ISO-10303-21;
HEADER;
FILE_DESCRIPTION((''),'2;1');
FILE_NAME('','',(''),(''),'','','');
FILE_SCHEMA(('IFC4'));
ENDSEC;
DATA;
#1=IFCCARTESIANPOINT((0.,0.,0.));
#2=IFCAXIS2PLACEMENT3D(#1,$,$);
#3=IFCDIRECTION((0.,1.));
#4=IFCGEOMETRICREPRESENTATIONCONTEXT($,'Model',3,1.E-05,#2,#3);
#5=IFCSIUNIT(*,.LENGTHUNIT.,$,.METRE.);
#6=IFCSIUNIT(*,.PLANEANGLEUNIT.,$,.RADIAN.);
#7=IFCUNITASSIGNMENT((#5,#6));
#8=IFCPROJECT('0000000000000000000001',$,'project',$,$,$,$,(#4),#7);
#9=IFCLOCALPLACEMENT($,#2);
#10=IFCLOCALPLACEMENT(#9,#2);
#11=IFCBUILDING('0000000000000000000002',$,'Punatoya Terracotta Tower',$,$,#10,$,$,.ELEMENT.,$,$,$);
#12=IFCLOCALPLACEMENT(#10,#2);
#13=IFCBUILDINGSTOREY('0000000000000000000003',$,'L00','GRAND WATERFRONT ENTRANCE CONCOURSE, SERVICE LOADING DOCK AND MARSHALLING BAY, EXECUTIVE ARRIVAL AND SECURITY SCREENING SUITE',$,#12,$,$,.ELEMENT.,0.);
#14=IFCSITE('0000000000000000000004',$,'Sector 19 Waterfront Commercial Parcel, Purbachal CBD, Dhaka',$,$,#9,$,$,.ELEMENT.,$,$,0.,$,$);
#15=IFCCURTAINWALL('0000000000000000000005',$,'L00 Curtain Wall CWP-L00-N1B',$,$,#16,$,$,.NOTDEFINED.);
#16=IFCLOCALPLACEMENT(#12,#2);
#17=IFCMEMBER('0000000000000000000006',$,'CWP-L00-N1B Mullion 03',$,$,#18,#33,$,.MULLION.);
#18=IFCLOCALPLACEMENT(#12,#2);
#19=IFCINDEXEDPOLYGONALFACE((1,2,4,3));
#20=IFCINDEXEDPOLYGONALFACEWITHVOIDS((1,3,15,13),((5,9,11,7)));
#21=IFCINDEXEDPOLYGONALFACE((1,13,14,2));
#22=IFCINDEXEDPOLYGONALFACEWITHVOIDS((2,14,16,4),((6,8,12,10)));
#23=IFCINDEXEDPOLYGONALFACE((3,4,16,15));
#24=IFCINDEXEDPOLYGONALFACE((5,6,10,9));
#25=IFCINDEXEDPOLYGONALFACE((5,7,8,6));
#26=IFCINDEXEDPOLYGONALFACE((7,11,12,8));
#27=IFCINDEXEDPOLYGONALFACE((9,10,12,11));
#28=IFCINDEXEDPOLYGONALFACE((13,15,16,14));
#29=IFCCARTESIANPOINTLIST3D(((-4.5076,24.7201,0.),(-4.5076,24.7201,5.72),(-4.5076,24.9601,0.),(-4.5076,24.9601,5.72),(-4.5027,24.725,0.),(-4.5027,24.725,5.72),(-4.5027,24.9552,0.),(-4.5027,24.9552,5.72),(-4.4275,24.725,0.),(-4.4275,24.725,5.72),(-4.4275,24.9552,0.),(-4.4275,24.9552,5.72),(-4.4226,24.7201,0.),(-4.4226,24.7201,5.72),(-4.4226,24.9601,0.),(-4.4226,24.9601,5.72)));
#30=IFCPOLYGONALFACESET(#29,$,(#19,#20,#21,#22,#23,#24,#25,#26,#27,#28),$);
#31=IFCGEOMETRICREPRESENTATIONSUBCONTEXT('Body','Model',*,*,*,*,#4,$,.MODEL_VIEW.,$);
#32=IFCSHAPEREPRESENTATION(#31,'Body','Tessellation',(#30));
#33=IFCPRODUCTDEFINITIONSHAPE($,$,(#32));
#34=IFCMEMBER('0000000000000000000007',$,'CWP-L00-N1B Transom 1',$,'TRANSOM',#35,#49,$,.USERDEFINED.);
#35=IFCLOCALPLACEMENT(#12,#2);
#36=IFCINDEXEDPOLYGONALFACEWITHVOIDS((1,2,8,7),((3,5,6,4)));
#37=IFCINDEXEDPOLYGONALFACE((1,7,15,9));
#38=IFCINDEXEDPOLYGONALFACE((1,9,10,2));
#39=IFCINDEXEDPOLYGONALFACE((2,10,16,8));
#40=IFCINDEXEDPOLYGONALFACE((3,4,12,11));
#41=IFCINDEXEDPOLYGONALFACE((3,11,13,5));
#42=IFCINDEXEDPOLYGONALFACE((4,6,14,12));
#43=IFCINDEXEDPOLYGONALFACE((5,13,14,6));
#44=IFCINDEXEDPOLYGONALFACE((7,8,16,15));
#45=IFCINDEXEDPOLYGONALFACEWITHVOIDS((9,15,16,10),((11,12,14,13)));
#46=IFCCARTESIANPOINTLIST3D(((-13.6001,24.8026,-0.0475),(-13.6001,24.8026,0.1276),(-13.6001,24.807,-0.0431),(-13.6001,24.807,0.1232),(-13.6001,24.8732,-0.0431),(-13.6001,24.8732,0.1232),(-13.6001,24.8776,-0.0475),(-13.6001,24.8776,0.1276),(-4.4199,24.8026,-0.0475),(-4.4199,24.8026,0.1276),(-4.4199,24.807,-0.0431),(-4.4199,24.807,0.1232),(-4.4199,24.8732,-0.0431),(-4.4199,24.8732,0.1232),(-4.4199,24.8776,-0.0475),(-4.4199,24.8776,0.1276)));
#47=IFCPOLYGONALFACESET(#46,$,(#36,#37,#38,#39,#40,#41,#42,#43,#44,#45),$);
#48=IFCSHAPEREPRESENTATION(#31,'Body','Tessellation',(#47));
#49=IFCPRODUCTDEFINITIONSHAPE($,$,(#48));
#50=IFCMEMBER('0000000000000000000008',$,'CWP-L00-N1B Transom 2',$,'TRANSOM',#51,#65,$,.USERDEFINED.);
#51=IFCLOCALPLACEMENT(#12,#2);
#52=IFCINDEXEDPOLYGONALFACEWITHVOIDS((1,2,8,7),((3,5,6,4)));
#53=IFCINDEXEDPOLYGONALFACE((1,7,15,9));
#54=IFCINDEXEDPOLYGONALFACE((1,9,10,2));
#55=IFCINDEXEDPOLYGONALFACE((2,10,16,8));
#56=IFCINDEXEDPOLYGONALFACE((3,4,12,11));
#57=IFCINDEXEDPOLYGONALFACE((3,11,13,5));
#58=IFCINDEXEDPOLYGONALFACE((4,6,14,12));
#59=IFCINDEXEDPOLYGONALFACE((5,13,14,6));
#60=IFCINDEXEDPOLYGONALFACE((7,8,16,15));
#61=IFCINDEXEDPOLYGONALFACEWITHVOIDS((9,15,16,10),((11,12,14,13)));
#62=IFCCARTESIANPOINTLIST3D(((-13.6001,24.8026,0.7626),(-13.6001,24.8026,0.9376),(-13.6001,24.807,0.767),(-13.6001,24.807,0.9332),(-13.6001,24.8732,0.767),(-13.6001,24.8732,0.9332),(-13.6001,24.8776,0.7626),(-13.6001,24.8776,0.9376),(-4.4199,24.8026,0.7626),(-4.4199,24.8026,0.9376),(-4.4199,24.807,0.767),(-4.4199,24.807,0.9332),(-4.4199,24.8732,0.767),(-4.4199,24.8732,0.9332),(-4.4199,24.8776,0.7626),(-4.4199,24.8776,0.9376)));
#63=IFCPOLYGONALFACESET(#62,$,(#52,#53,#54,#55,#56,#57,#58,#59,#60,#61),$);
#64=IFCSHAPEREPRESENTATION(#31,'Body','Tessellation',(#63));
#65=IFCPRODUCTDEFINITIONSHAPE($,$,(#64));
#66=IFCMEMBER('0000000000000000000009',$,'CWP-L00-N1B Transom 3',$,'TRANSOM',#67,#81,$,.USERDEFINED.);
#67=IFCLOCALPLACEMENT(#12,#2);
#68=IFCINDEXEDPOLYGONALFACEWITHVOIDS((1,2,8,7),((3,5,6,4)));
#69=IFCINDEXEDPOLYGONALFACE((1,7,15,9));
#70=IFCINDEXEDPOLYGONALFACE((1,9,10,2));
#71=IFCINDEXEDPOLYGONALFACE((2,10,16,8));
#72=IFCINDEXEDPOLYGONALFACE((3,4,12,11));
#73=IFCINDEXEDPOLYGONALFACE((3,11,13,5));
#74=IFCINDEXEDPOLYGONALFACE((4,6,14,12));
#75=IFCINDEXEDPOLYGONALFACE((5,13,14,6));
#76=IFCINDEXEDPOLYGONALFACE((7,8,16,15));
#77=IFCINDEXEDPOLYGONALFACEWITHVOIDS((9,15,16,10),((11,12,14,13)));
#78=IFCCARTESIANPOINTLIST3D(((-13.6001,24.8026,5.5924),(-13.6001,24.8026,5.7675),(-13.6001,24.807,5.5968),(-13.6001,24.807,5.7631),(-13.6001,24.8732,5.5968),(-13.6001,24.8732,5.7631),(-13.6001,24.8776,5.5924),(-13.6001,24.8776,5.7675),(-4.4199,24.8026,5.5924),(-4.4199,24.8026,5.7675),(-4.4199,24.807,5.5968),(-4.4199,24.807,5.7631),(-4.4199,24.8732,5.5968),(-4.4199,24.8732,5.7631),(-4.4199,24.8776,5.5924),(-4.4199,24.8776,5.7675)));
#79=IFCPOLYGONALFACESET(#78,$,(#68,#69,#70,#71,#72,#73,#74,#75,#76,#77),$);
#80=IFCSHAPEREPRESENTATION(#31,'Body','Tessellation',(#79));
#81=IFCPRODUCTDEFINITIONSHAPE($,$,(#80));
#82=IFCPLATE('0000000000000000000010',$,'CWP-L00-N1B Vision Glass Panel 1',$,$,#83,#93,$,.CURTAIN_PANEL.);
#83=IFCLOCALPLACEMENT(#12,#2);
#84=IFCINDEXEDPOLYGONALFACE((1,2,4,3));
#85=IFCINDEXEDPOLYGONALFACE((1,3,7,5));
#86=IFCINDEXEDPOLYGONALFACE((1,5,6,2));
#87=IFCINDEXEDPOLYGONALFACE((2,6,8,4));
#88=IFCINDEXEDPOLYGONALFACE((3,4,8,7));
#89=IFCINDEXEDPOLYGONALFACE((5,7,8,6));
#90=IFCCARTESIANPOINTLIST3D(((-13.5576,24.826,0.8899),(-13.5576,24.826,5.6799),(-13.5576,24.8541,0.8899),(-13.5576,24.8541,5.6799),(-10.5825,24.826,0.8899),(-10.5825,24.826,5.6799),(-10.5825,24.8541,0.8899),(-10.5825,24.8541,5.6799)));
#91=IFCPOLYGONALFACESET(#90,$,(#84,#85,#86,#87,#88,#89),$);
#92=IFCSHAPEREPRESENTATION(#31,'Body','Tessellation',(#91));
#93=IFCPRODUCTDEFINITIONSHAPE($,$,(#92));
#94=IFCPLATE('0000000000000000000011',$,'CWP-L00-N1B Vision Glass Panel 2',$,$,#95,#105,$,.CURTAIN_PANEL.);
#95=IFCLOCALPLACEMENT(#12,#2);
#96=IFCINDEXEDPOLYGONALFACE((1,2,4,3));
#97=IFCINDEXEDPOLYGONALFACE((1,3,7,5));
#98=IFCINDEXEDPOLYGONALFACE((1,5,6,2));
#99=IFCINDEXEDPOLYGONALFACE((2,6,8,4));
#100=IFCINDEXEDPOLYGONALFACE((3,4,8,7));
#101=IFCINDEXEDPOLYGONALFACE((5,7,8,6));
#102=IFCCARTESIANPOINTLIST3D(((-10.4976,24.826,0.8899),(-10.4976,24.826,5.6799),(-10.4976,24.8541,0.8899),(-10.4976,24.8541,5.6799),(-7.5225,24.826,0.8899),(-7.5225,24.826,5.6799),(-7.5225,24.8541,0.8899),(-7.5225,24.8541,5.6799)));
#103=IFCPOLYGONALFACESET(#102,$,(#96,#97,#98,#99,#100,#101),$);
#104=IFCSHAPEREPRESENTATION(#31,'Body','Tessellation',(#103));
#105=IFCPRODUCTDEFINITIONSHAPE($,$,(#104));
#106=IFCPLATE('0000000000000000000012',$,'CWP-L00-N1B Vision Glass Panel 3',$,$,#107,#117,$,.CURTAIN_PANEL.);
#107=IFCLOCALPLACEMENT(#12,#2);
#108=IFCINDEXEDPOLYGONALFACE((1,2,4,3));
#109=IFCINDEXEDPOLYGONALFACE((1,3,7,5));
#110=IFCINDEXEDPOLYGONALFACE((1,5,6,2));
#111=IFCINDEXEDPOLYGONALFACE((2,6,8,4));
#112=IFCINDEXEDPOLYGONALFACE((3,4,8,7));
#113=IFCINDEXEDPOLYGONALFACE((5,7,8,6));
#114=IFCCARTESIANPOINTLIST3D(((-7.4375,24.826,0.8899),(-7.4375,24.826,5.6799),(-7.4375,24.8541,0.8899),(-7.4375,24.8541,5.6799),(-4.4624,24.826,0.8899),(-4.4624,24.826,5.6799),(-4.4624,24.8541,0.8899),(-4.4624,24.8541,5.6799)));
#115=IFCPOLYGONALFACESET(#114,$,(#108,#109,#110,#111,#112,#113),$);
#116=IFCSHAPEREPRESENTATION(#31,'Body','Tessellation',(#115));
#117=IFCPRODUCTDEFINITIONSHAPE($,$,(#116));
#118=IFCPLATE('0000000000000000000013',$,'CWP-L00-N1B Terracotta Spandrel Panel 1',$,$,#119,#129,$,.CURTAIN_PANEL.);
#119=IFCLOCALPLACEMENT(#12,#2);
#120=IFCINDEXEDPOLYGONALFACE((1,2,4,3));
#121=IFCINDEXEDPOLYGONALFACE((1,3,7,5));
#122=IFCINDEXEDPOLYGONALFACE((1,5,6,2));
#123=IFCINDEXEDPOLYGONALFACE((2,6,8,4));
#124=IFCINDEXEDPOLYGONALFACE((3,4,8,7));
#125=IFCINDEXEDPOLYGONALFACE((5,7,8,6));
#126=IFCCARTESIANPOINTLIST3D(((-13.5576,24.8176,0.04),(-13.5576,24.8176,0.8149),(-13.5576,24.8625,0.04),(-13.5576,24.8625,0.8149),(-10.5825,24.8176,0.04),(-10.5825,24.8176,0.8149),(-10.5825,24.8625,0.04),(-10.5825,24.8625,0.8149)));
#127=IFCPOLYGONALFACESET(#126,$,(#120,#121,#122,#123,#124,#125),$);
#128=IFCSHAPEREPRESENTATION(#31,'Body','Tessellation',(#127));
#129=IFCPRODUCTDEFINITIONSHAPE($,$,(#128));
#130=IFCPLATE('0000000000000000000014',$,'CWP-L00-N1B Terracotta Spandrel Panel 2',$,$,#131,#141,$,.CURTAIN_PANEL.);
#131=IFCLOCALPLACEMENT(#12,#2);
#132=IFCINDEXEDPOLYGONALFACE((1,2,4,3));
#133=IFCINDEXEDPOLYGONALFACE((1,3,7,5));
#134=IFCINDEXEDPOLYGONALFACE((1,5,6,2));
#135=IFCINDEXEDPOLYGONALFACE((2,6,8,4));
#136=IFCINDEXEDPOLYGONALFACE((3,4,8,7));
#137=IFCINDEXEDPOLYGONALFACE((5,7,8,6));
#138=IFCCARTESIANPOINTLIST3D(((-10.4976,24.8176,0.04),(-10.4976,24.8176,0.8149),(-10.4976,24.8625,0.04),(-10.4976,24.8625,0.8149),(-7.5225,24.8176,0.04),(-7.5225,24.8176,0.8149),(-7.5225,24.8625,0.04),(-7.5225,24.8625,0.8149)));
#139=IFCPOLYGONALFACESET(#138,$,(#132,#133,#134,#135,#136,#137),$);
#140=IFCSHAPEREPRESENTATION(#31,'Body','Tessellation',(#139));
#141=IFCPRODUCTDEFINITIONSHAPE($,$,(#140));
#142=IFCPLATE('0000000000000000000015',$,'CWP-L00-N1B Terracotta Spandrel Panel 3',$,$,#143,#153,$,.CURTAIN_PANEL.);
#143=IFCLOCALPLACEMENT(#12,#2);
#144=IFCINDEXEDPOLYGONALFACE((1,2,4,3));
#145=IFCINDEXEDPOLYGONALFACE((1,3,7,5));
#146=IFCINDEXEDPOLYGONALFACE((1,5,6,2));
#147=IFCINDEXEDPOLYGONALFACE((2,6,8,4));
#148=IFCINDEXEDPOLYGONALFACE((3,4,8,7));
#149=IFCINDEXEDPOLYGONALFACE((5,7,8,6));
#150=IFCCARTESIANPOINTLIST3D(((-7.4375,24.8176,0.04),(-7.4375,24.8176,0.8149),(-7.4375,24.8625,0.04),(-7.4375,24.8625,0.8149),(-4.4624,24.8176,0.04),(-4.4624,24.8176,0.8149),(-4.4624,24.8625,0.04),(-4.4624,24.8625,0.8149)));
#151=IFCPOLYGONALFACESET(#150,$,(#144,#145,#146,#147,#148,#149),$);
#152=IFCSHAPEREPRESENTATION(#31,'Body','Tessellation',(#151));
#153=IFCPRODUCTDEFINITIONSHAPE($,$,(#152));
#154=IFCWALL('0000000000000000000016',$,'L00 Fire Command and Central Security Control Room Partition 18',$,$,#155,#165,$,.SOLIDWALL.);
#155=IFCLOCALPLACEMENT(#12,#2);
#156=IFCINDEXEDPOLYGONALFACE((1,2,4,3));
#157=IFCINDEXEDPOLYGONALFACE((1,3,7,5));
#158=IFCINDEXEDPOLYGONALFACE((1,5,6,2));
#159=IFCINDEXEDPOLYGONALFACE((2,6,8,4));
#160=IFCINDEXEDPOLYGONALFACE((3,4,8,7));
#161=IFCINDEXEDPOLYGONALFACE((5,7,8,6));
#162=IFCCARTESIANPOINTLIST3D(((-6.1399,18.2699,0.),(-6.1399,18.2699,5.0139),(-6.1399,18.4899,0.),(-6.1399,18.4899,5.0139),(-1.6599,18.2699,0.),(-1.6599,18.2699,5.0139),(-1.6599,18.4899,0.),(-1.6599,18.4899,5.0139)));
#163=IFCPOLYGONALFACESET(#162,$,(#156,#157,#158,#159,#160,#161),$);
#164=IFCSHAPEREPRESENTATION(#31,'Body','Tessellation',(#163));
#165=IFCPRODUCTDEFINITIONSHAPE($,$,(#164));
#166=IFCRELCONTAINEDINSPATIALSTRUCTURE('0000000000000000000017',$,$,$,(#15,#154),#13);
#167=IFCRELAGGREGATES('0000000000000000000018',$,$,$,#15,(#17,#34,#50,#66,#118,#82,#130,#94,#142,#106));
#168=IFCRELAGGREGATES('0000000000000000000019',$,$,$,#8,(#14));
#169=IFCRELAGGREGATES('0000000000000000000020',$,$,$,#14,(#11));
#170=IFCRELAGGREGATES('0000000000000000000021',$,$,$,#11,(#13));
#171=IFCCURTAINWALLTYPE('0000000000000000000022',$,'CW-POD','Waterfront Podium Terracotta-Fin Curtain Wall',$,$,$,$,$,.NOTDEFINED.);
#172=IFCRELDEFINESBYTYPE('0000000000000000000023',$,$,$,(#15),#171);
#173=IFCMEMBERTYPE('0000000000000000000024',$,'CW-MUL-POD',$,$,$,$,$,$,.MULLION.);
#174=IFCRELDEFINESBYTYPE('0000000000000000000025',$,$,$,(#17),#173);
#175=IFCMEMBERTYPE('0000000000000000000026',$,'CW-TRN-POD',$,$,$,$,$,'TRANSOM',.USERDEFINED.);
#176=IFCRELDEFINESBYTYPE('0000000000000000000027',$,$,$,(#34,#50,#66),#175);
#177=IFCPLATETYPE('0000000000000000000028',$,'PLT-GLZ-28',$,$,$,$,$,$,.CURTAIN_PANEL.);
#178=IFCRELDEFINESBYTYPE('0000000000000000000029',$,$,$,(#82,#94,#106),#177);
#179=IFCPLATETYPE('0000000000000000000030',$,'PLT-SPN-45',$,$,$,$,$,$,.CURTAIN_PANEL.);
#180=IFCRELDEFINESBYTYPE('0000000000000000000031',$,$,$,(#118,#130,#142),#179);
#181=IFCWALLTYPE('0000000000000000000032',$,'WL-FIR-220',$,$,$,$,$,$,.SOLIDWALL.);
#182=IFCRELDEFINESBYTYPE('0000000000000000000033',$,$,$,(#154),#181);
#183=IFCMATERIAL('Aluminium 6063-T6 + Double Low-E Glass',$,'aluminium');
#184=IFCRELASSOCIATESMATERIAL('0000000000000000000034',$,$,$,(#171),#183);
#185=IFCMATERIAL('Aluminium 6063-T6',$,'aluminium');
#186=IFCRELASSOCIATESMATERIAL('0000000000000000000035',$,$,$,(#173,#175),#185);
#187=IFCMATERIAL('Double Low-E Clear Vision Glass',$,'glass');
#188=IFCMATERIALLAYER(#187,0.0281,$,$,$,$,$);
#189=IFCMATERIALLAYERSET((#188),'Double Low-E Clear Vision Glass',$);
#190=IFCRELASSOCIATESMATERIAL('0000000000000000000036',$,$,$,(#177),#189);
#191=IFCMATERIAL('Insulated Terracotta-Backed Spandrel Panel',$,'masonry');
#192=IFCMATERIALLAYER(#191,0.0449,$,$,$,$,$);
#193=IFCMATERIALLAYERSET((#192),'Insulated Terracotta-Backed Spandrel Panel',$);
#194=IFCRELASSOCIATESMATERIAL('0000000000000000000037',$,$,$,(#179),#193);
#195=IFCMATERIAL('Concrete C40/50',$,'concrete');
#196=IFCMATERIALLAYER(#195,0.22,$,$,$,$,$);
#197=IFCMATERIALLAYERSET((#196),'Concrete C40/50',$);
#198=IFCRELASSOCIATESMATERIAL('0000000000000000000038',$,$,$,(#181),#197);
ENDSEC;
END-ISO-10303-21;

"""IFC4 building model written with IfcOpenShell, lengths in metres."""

from ifc_helpers import new_model, si_unit, direction, frame, frame_2d, origin, origin_2d, place, context, subcontext, project, spatial, rectangle, hollow_rectangle, extrude, material, layer, layer_set, material_profile, profile_set, type_object, element, aggregate, save


model = new_model("IFC4")

# Units and contexts
model_context = context("Model", 3, precision=1e-05, world=origin(), true_north=direction((0.0, 1.0)))
body_context = subcontext(model_context, "Body", "Model", "MODEL_VIEW")
ifc_project = project(units=[si_unit("LENGTHUNIT", "METRE"), si_unit("PLANEANGLEUNIT", "RADIAN")], contexts=[model_context])

# Site, building, storey
site_placement = place(None, origin())
site = spatial("IfcSite", under=ifc_project, at=site_placement, Name="Sector 19 Waterfront Commercial Parcel, Purbachal CBD, Dhaka", CompositionType="ELEMENT", RefElevation=0.0)
building_placement = place(site_placement, origin())
building = spatial("IfcBuilding", under=site, at=building_placement, Name="Punatoya Terracotta Tower", CompositionType="ELEMENT")
storey_placement = place(building_placement, origin())
storey = spatial("IfcBuildingStorey", under=building, at=storey_placement, Name="L00", Description="GRAND WATERFRONT ENTRANCE CONCOURSE, SERVICE LOADING DOCK AND MARSHALLING BAY, EXECUTIVE ARRIVAL AND SECURITY SCREENING SUITE", CompositionType="ELEMENT", Elevation=0.0)

# Curtain wall, members, plates
ifc_material_1 = material(Name="Aluminium 6063-T6 + Double Low-E Glass", Category="aluminium")
curtain_wall_type = type_object("IfcCurtainWallType", Name="CW-POD", Description="Waterfront Podium Terracotta-Fin Curtain Wall", PredefinedType="NOTDEFINED", material=ifc_material_1)
curtain_wall_placement = place(storey_placement, origin())
curtain_wall = element("IfcCurtainWall", 1, at=curtain_wall_placement, inside=storey, type_object=curtain_wall_type, Name="L00 Curtain Wall CWP-L00-N1B", PredefinedType="NOTDEFINED")
ifc_material_2 = material(Name="Aluminium 6063-T6", Category="aluminium")
ifc_material_profile_1 = material_profile(ifc_material_2, hollow_rectangle(XDim=0.085, YDim=0.24, WallThickness=0.0049, at=origin_2d()))
ifc_profile_set_1 = profile_set([ifc_material_profile_1], Name="Aluminium 6063-T6")
member_type_1 = type_object("IfcMemberType", Name="CW-MUL-POD", PredefinedType="MULLION", material=ifc_profile_set_1)
member_1_placement = place(storey_placement, frame((-4.4651, 24.8401, 0.0), z_axis=(0.0, 0.0, 1.0), x_axis=(1.0, 0.0, 0.0)))
member_1 = element("IfcMember", 2, at=member_1_placement, type_object=member_type_1, Name="CWP-L00-N1B Mullion 03", PredefinedType="MULLION", context=body_context, shape_type="SweptSolid", body=[
    extrude(hollow_rectangle(XDim=0.085, YDim=0.24, WallThickness=0.0049, at=origin_2d()), origin(), (0.0, 0.0, 1.0), 5.72),
])
ifc_material_profile_2 = material_profile(ifc_material_2, hollow_rectangle(XDim=0.075, YDim=0.175, WallThickness=0.0044, at=origin_2d()))
ifc_profile_set_2 = profile_set([ifc_material_profile_2], Name="Aluminium 6063-T6")
member_type_2 = type_object("IfcMemberType", Name="CW-TRN-POD", ElementType="TRANSOM", PredefinedType="USERDEFINED", material=ifc_profile_set_2)
member_2_placement = place(storey_placement, frame((-13.6001, 24.8401, 0.04), z_axis=(1.0, 0.0, 0.0), x_axis=(0.0, 1.0, 0.0)))
member_2 = element("IfcMember", 3, at=member_2_placement, type_object=member_type_2, Name="CWP-L00-N1B Transom 1", ObjectType="TRANSOM", PredefinedType="USERDEFINED", context=body_context, shape_type="SweptSolid", body=[
    extrude(hollow_rectangle(XDim=0.075, YDim=0.175, WallThickness=0.0044, at=origin_2d()), origin(), (0.0, 0.0, 1.0), 9.1802),
])
member_3_placement = place(storey_placement, frame((-13.6001, 24.8401, 0.8501), z_axis=(1.0, 0.0, 0.0), x_axis=(0.0, 1.0, 0.0)))
member_3 = element("IfcMember", 4, at=member_3_placement, type_object=member_type_2, Name="CWP-L00-N1B Transom 2", ObjectType="TRANSOM", PredefinedType="USERDEFINED", context=body_context, shape_type="SweptSolid", body=[
    extrude(hollow_rectangle(XDim=0.075, YDim=0.175, WallThickness=0.0044, at=origin_2d()), origin(), (0.0, 0.0, 1.0), 9.1802),
])
member_4_placement = place(storey_placement, frame((-13.6001, 24.8401, 5.6799), z_axis=(1.0, 0.0, 0.0), x_axis=(0.0, 1.0, 0.0)))
member_4 = element("IfcMember", 5, at=member_4_placement, type_object=member_type_2, Name="CWP-L00-N1B Transom 3", ObjectType="TRANSOM", PredefinedType="USERDEFINED", context=body_context, shape_type="SweptSolid", body=[
    extrude(hollow_rectangle(XDim=0.075, YDim=0.175, WallThickness=0.0044, at=origin_2d()), origin(), (0.0, 0.0, 1.0), 9.1802),
])
ifc_material_3 = material(Name="Double Low-E Clear Vision Glass", Category="glass")
ifc_layer_1 = layer(ifc_material_3, 0.0281)
ifc_layer_set_1 = layer_set([ifc_layer_1], Name="Double Low-E Clear Vision Glass")
plate_type_1 = type_object("IfcPlateType", Name="PLT-GLZ-28", PredefinedType="CURTAIN_PANEL", material=ifc_layer_set_1)
plate_1_placement = place(storey_placement, frame((-12.0701, 24.8401, 0.8899), z_axis=(0.0, 0.0, 1.0), x_axis=(1.0, 0.0, 0.0)))
plate_1 = element("IfcPlate", 6, at=plate_1_placement, type_object=plate_type_1, Name="CWP-L00-N1B Vision Glass Panel 1", PredefinedType="CURTAIN_PANEL", context=body_context, shape_type="SweptSolid", body=[
    extrude(rectangle(XDim=2.9751, YDim=0.0281, at=origin_2d()), origin(), (0.0, 0.0, 1.0), 4.79),
])
plate_2_placement = place(storey_placement, frame((-9.01, 24.8401, 0.8899), z_axis=(0.0, 0.0, 1.0), x_axis=(1.0, 0.0, 0.0)))
plate_2 = element("IfcPlate", 7, at=plate_2_placement, type_object=plate_type_1, Name="CWP-L00-N1B Vision Glass Panel 2", PredefinedType="CURTAIN_PANEL", context=body_context, shape_type="SweptSolid", body=[
    extrude(rectangle(XDim=2.9751, YDim=0.0281, at=origin_2d()), origin(), (0.0, 0.0, 1.0), 4.79),
])
plate_3_placement = place(storey_placement, frame((-5.95, 24.8401, 0.8899), z_axis=(0.0, 0.0, 1.0), x_axis=(1.0, 0.0, 0.0)))
plate_3 = element("IfcPlate", 8, at=plate_3_placement, type_object=plate_type_1, Name="CWP-L00-N1B Vision Glass Panel 3", PredefinedType="CURTAIN_PANEL", context=body_context, shape_type="SweptSolid", body=[
    extrude(rectangle(XDim=2.9751, YDim=0.0281, at=origin_2d()), origin(), (0.0, 0.0, 1.0), 4.79),
])
ifc_material_4 = material(Name="Insulated Terracotta-Backed Spandrel Panel", Category="masonry")
ifc_layer_2 = layer(ifc_material_4, 0.0449)
ifc_layer_set_2 = layer_set([ifc_layer_2], Name="Insulated Terracotta-Backed Spandrel Panel")
plate_type_2 = type_object("IfcPlateType", Name="PLT-SPN-45", PredefinedType="CURTAIN_PANEL", material=ifc_layer_set_2)
plate_4_placement = place(storey_placement, frame((-12.0701, 24.8401, 0.04), z_axis=(0.0, 0.0, 1.0), x_axis=(1.0, 0.0, 0.0)))
plate_4 = element("IfcPlate", 9, at=plate_4_placement, type_object=plate_type_2, Name="CWP-L00-N1B Terracotta Spandrel Panel 1", PredefinedType="CURTAIN_PANEL", context=body_context, shape_type="SweptSolid", body=[
    extrude(rectangle(XDim=2.9751, YDim=0.0449, at=origin_2d()), origin(), (0.0, 0.0, 1.0), 0.7749),
])
plate_5_placement = place(storey_placement, frame((-9.01, 24.8401, 0.04), z_axis=(0.0, 0.0, 1.0), x_axis=(1.0, 0.0, 0.0)))
plate_5 = element("IfcPlate", 10, at=plate_5_placement, type_object=plate_type_2, Name="CWP-L00-N1B Terracotta Spandrel Panel 2", PredefinedType="CURTAIN_PANEL", context=body_context, shape_type="SweptSolid", body=[
    extrude(rectangle(XDim=2.9751, YDim=0.0449, at=origin_2d()), origin(), (0.0, 0.0, 1.0), 0.7749),
])
plate_6_placement = place(storey_placement, frame((-5.95, 24.8401, 0.04), z_axis=(0.0, 0.0, 1.0), x_axis=(1.0, 0.0, 0.0)))
plate_6 = element("IfcPlate", 11, at=plate_6_placement, type_object=plate_type_2, Name="CWP-L00-N1B Terracotta Spandrel Panel 3", PredefinedType="CURTAIN_PANEL", context=body_context, shape_type="SweptSolid", body=[
    extrude(rectangle(XDim=2.9751, YDim=0.0449, at=origin_2d()), origin(), (0.0, 0.0, 1.0), 0.7749),
])
aggregate(curtain_wall, [member_1, member_2, member_3, member_4, plate_4, plate_1, plate_5, plate_2, plate_6, plate_3])

# Wall
ifc_material_5 = material(Name="Concrete C40/50", Category="concrete")
ifc_layer_3 = layer(ifc_material_5, 0.22)
ifc_layer_set_3 = layer_set([ifc_layer_3], Name="Concrete C40/50")
wall_type_1 = type_object("IfcWallType", Name="WL-FIR-220", PredefinedType="SOLIDWALL", material=ifc_layer_set_3)
wall_1_placement = place(storey_placement, frame((-1.6599, 18.3799, 0.0), z_axis=(0.0, 0.0, 1.0), x_axis=(-1.0, 0.0, 0.0)))
element("IfcWall", 12, at=wall_1_placement, inside=storey, type_object=wall_type_1, Name="L00 Fire Command and Central Security Control Room Partition 18", PredefinedType="SOLIDWALL", context=body_context, shape_type="SweptSolid", body=[
    extrude(rectangle(XDim=4.48, YDim=0.22, at=frame_2d((2.24, 0.0))), origin(), (0.0, 0.0, 1.0), 5.0139),
])

save(model, "model.ifc")
